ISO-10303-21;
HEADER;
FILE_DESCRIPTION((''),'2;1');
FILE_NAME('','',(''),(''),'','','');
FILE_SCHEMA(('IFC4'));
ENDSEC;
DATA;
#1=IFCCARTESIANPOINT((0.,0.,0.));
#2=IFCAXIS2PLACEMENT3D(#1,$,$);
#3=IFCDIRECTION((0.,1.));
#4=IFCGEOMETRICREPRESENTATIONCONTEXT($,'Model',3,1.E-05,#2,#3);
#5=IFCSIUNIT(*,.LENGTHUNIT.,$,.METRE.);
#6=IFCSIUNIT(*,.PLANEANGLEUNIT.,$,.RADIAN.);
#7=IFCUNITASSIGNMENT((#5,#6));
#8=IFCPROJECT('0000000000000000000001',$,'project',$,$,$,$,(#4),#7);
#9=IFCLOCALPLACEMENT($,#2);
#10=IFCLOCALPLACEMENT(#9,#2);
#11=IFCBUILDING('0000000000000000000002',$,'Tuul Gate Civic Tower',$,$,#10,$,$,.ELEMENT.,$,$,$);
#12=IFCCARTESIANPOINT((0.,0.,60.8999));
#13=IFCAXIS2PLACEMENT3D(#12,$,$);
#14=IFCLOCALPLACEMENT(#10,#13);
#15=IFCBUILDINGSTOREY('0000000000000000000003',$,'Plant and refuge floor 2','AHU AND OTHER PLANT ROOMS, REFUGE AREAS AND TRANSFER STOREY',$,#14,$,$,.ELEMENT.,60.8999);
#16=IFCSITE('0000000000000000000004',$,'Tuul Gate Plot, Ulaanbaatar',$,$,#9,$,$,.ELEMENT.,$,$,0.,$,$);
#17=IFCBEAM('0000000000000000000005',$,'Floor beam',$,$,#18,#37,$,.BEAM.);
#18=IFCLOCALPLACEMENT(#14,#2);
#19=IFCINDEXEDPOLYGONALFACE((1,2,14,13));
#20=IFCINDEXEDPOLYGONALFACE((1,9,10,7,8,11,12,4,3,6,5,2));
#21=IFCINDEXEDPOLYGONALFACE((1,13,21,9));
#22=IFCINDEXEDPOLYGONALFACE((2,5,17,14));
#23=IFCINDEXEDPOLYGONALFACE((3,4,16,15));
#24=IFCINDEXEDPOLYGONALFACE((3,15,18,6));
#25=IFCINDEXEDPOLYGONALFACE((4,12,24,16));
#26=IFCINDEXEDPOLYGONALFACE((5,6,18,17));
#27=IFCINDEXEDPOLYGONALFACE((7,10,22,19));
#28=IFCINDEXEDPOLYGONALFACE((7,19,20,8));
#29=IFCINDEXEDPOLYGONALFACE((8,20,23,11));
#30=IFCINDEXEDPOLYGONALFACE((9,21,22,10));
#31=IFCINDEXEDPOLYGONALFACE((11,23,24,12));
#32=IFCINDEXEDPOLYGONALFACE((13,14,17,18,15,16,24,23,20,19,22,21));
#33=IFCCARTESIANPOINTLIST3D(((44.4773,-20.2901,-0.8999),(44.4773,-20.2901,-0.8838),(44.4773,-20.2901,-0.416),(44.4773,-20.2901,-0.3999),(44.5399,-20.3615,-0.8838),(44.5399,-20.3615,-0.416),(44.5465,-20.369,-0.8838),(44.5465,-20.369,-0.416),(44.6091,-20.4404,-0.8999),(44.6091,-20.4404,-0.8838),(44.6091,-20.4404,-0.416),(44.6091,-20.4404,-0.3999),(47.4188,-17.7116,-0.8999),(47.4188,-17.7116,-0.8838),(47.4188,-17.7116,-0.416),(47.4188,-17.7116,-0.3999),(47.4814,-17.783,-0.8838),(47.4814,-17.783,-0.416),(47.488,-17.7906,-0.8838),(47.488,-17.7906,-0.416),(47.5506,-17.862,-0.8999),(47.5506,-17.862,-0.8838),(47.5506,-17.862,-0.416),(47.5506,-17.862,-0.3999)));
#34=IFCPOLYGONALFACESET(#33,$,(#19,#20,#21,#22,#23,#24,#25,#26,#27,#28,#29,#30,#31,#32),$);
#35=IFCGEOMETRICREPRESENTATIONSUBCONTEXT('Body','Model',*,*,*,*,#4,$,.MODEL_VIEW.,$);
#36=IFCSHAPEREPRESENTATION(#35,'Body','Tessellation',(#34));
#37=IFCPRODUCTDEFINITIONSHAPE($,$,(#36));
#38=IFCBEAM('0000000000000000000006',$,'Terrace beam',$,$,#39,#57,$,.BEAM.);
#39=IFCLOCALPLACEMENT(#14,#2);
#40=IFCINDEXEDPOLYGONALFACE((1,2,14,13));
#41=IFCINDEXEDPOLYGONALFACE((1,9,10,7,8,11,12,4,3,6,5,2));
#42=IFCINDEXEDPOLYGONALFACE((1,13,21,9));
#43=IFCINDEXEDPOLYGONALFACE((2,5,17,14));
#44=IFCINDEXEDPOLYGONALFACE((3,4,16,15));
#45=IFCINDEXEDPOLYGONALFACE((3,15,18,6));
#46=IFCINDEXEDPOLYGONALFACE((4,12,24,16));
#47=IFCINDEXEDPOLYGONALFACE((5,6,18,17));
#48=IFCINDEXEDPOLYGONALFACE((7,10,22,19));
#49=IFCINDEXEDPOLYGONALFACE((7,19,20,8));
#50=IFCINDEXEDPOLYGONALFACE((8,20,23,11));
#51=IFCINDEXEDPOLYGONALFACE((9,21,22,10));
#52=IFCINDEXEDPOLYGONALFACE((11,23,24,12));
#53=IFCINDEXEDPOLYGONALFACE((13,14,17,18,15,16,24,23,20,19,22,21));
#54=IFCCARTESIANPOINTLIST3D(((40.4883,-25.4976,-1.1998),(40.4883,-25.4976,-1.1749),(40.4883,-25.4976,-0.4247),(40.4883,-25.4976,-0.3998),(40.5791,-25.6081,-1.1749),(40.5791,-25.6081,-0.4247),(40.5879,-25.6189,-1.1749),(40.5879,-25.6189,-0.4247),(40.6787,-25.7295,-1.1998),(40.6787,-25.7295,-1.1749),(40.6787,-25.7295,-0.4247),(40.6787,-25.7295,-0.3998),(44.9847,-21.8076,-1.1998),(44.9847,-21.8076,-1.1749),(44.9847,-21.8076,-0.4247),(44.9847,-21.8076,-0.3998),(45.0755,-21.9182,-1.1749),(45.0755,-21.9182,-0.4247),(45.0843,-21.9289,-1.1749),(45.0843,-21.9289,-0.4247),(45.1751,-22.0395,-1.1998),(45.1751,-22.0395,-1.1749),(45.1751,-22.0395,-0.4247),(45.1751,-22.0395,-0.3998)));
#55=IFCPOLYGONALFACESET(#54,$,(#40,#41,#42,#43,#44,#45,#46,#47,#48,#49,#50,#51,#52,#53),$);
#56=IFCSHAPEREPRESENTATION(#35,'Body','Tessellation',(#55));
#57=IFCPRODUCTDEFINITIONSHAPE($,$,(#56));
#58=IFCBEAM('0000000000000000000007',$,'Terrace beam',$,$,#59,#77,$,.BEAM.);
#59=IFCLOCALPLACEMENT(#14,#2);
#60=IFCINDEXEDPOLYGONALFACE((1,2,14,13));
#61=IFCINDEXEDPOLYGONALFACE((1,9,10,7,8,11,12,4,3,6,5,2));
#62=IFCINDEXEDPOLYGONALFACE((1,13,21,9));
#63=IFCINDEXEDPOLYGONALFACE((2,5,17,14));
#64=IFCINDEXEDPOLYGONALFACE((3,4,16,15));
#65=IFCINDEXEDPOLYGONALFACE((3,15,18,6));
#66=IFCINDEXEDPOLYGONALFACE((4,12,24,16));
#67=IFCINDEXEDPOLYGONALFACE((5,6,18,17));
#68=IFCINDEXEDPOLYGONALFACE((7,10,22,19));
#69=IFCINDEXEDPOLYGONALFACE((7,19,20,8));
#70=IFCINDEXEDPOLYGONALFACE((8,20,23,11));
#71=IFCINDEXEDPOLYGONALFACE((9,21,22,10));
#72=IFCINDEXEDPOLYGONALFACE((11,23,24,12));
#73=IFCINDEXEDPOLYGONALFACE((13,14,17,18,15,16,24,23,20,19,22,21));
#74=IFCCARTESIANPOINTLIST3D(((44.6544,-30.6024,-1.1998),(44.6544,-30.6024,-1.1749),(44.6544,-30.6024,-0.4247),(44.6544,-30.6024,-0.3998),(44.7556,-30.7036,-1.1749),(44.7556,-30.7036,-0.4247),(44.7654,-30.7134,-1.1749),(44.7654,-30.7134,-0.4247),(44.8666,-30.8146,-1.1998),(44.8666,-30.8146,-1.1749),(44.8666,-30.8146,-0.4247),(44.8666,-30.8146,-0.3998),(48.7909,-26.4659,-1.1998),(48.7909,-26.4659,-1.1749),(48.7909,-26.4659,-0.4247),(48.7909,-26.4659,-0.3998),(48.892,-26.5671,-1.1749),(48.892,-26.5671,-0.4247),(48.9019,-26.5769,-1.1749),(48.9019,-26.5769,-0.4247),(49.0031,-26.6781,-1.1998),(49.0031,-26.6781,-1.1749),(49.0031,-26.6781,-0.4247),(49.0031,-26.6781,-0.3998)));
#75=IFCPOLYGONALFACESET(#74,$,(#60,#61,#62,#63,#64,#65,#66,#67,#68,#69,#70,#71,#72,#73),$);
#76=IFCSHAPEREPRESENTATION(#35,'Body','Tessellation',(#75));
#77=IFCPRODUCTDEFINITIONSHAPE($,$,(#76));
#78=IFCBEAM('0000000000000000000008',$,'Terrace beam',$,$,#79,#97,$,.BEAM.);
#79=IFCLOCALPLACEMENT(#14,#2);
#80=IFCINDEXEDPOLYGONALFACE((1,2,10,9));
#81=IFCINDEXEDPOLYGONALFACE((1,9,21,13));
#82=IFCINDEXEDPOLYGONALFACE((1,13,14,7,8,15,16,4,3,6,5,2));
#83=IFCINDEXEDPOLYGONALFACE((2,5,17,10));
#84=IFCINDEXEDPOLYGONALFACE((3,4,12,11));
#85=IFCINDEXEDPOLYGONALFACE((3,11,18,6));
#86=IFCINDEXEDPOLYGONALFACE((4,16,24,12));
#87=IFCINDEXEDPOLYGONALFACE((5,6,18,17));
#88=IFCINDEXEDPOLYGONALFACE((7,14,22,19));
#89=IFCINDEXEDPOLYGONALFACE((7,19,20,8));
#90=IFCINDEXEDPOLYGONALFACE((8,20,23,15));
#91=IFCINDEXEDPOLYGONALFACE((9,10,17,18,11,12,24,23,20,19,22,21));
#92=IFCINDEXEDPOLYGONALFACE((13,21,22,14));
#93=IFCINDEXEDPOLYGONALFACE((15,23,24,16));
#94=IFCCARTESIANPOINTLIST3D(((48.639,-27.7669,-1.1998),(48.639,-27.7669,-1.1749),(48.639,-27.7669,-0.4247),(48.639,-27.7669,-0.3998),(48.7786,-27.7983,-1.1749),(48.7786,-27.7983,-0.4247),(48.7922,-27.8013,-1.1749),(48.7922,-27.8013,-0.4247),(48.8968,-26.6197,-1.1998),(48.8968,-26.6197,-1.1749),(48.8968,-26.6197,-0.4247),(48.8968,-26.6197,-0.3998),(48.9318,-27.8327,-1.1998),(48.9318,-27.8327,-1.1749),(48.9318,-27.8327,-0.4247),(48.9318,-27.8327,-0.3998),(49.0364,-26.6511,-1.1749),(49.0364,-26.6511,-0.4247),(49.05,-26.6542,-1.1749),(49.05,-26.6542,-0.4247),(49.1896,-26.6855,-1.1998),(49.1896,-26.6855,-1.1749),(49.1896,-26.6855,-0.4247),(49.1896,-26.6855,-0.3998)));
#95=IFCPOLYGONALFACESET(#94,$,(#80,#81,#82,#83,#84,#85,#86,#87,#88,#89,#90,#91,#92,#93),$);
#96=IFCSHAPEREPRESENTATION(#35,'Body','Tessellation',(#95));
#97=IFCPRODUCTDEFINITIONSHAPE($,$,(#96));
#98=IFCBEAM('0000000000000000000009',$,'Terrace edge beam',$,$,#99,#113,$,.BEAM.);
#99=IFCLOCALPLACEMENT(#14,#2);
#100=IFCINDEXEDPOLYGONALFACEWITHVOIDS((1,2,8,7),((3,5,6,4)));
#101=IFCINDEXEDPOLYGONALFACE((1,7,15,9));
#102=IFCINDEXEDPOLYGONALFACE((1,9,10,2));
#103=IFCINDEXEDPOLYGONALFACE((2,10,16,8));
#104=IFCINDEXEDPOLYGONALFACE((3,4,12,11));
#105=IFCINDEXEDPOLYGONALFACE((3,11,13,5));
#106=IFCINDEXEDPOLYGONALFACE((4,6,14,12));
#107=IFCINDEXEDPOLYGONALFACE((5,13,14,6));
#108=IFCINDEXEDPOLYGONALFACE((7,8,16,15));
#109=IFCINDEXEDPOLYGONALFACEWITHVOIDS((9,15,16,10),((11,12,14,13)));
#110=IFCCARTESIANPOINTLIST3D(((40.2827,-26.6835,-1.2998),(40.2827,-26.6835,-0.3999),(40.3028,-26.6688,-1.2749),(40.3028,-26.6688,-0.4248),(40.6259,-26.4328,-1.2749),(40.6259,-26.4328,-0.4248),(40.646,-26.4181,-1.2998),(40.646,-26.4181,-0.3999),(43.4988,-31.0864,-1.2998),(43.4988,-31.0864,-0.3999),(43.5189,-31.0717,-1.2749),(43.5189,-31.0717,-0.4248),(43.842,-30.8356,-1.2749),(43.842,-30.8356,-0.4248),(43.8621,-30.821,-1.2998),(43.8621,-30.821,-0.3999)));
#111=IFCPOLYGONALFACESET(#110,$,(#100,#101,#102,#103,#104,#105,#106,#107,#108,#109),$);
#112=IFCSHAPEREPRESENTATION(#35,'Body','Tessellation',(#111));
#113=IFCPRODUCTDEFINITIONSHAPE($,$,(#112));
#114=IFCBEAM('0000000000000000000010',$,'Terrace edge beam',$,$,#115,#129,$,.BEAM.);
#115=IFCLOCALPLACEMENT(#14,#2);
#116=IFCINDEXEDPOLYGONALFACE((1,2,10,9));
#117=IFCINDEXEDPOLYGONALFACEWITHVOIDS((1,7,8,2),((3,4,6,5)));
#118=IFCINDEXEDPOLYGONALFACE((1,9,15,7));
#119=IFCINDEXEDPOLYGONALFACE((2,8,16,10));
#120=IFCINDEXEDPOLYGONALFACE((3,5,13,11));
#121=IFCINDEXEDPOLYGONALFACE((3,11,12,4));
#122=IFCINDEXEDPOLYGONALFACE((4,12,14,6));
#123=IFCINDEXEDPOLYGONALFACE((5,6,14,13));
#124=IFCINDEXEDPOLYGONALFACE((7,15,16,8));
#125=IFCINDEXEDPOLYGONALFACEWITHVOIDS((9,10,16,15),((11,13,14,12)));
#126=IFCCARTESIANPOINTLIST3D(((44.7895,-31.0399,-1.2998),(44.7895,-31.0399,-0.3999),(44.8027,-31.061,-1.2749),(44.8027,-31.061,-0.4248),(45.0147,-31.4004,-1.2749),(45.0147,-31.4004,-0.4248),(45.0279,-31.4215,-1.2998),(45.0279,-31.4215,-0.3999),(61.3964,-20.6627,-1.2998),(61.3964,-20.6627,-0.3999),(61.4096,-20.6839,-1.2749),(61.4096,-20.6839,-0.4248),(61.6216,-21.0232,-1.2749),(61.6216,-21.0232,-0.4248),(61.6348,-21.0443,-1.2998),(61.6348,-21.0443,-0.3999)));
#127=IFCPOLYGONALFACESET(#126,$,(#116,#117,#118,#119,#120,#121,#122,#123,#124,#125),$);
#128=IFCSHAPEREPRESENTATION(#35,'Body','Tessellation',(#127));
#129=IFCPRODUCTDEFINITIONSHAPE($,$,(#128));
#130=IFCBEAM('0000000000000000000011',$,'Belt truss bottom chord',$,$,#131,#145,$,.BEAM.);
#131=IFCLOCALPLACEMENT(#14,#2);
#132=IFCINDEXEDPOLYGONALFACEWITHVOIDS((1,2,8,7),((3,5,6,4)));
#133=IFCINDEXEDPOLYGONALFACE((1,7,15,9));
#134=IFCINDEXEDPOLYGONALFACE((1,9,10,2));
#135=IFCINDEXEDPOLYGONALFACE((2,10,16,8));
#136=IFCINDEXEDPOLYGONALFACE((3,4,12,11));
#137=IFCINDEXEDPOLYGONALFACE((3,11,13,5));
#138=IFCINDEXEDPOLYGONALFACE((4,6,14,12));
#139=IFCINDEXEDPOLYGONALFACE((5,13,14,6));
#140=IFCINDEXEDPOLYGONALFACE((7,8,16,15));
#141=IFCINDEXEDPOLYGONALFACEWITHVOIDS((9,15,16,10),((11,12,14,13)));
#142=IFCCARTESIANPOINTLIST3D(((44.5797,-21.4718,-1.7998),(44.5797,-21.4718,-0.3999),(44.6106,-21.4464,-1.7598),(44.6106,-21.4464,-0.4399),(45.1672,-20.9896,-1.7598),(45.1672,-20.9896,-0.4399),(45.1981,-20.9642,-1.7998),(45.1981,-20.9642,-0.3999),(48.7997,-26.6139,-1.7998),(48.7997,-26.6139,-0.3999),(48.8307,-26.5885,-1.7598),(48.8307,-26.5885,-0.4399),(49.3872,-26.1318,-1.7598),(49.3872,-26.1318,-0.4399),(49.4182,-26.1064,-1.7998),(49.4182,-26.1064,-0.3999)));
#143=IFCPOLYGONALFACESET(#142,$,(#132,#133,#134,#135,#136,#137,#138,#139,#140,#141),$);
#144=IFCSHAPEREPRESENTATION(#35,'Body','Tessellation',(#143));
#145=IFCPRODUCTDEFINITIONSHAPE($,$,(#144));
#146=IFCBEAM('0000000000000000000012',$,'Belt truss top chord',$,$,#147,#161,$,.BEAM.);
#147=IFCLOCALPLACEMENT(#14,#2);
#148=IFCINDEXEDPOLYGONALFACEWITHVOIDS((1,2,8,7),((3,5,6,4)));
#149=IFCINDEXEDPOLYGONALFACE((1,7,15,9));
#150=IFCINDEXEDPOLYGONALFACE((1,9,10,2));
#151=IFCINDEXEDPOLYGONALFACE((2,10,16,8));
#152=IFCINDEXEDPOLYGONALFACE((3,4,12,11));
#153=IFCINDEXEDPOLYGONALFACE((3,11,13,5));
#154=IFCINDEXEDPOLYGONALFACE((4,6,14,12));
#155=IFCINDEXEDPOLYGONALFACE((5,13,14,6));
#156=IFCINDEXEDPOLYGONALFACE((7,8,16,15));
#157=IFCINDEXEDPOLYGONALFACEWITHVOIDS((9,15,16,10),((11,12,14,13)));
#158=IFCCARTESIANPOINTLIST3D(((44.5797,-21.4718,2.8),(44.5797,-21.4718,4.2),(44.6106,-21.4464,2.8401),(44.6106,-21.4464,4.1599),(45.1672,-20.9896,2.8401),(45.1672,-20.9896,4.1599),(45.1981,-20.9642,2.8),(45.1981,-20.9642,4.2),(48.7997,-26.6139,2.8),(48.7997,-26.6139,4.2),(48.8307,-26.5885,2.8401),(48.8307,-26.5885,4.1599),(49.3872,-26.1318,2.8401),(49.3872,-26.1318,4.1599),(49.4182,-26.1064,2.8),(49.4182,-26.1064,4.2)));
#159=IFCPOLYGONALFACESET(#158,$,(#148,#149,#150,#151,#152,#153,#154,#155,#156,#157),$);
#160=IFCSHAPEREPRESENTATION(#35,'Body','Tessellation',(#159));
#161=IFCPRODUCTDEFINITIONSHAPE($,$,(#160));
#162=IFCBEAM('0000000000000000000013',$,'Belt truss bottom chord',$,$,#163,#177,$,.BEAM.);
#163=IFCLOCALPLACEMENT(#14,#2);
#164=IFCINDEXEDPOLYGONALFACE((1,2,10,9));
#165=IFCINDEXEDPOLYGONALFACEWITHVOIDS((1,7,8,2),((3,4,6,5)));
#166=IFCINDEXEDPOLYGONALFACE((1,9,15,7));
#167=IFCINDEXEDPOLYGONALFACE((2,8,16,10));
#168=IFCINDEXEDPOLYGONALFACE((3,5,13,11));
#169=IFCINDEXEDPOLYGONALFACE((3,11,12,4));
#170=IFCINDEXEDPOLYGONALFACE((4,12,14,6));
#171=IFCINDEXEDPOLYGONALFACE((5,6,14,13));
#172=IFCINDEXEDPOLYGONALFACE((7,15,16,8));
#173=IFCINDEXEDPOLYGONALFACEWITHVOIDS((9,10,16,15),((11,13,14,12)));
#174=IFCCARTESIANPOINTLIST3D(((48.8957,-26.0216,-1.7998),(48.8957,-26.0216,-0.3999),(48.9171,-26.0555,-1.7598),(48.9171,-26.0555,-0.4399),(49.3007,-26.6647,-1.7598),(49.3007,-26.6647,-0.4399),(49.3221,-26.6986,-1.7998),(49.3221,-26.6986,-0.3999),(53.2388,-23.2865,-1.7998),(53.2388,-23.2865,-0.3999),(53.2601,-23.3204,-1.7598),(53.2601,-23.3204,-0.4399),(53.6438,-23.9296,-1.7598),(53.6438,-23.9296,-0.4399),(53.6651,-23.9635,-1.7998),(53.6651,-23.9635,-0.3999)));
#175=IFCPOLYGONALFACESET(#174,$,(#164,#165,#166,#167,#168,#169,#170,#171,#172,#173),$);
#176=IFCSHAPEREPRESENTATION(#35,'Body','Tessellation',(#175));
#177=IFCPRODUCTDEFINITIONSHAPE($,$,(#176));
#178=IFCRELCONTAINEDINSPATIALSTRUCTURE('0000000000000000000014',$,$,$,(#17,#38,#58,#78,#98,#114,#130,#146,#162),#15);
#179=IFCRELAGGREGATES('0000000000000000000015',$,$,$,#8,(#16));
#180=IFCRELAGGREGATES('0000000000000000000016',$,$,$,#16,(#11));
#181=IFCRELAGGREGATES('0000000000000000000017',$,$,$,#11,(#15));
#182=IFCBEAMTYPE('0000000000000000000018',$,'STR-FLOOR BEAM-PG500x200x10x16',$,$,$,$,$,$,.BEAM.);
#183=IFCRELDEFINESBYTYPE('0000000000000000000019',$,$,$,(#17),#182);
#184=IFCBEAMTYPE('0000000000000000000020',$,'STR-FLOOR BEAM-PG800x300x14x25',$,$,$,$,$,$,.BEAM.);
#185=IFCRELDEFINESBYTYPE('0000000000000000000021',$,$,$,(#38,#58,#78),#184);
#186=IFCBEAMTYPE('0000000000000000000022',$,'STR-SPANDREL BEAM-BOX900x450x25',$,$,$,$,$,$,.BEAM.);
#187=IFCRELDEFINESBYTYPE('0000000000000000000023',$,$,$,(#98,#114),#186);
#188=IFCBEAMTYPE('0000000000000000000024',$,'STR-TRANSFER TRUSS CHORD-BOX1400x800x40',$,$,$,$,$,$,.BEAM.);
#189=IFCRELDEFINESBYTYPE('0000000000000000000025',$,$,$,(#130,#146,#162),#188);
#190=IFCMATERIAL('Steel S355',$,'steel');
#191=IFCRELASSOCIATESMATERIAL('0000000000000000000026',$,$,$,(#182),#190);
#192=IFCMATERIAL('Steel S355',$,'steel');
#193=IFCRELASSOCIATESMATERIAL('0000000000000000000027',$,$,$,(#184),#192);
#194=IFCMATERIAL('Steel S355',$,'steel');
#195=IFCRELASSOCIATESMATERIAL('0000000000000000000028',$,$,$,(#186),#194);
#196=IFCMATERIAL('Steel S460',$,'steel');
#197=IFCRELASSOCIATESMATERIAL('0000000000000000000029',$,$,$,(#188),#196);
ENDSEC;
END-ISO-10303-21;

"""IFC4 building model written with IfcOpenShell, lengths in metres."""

from ifc_helpers import new_model, si_unit, direction, frame, origin, origin_2d, place, context, subcontext, project, spatial, hollow_rectangle, i_section, extrude, material, material_profile, profile_set, type_object, element, save


model = new_model("IFC4")

# Units and contexts
model_context = context("Model", 3, precision=1e-05, world=origin(), true_north=direction((0.0, 1.0)))
body_context = subcontext(model_context, "Body", "Model", "MODEL_VIEW")
ifc_project = project(units=[si_unit("LENGTHUNIT", "METRE"), si_unit("PLANEANGLEUNIT", "RADIAN")], contexts=[model_context])

# Site, building, storey
site_placement = place(None, origin())
site = spatial("IfcSite", under=ifc_project, at=site_placement, Name="Tuul Gate Plot, Ulaanbaatar", CompositionType="ELEMENT", RefElevation=0.0)
building_placement = place(site_placement, origin())
building = spatial("IfcBuilding", under=site, at=building_placement, Name="Tuul Gate Civic Tower", CompositionType="ELEMENT")
storey_placement = place(building_placement, frame((0.0, 0.0, 60.8999)))
storey = spatial("IfcBuildingStorey", under=building, at=storey_placement, Name="Plant and refuge floor 2", Description="AHU AND OTHER PLANT ROOMS, REFUGE AREAS AND TRANSFER STOREY", CompositionType="ELEMENT", Elevation=60.8999)

# Beams
ifc_material_1 = material(Name="Steel S355", Category="steel")
ifc_material_profile_1 = material_profile(ifc_material_1, i_section(OverallWidth=0.2, OverallDepth=0.5, WebThickness=0.01, FlangeThickness=0.0161, at=origin_2d()), Name="PG500x200x10x16")
ifc_profile_set_1 = profile_set([ifc_material_profile_1], Name="Steel S355")
beam_type_1 = type_object("IfcBeamType", Name="STR-FLOOR BEAM-PG500x200x10x16", PredefinedType="BEAM", material=ifc_profile_set_1)
beam_1_placement = place(storey_placement, frame((44.5432, -20.3652, -0.6499), z_axis=(0.751989, 0.659176, 0.0), x_axis=(-0.659176, 0.751989, 0.0)))
element("IfcBeam", 1, at=beam_1_placement, inside=storey, type_object=beam_type_1, Name="Floor beam", PredefinedType="BEAM", context=body_context, shape_type="SweptSolid", body=[
    extrude(i_section(OverallWidth=0.2, OverallDepth=0.5, WebThickness=0.01, FlangeThickness=0.0161, at=origin_2d()), origin(), (0.0, 0.0, 1.0), 3.9116),
])
ifc_material_2 = material(Name="Steel S355", Category="steel")
ifc_material_profile_2 = material_profile(ifc_material_2, i_section(OverallWidth=0.3, OverallDepth=0.8, WebThickness=0.0139, FlangeThickness=0.0249, at=origin_2d()), Name="PG800x300x14x25")
ifc_profile_set_2 = profile_set([ifc_material_profile_2], Name="Steel S355")
beam_type_2 = type_object("IfcBeamType", Name="STR-FLOOR BEAM-PG800x300x14x25", PredefinedType="BEAM", material=ifc_profile_set_2)
beam_2_placement = place(storey_placement, frame((40.5835, -25.6135, -0.7998), z_axis=(0.77302, 0.634382, 0.0), x_axis=(-0.634382, 0.77302, 0.0)))
element("IfcBeam", 2, at=beam_2_placement, inside=storey, type_object=beam_type_2, Name="Terrace beam", PredefinedType="BEAM", context=body_context, shape_type="SweptSolid", body=[
    extrude(i_section(OverallWidth=0.3, OverallDepth=0.8, WebThickness=0.0139, FlangeThickness=0.0249, at=origin_2d()), origin(), (0.0, 0.0, 1.0), 5.8167),
])
beam_3_placement = place(storey_placement, frame((44.7605, -30.7085, -0.7998), z_axis=(0.707107, 0.707107, 0.0), x_axis=(-0.707107, 0.707107, 0.0)))
element("IfcBeam", 3, at=beam_3_placement, inside=storey, type_object=beam_type_2, Name="Terrace beam", PredefinedType="BEAM", context=body_context, shape_type="SweptSolid", body=[
    extrude(i_section(OverallWidth=0.3, OverallDepth=0.8, WebThickness=0.0139, FlangeThickness=0.0249, at=origin_2d()), origin(), (0.0, 0.0, 1.0), 5.8499),
])
beam_4_placement = place(storey_placement, frame((48.7854, -27.7998, -0.7998), z_axis=(0.21926, 0.975666, 0.0), x_axis=(-0.975666, 0.21926, 0.0)))
element("IfcBeam", 4, at=beam_4_placement, inside=storey, type_object=beam_type_2, Name="Terrace beam", PredefinedType="BEAM", context=body_context, shape_type="SweptSolid", body=[
    extrude(i_section(OverallWidth=0.3, OverallDepth=0.8, WebThickness=0.0139, FlangeThickness=0.0249, at=origin_2d()), origin(), (0.0, 0.0, 1.0), 1.1758),
])
ifc_material_3 = material(Name="Steel S355", Category="steel")
ifc_material_profile_3 = material_profile(ifc_material_3, hollow_rectangle(XDim=0.45, YDim=0.8999, WallThickness=0.0249, at=origin_2d()), Name="BOX900x450x25")
ifc_profile_set_3 = profile_set([ifc_material_profile_3], Name="Steel S355")
beam_type_3 = type_object("IfcBeamType", Name="STR-SPANDREL BEAM-BOX900x450x25", PredefinedType="BEAM", material=ifc_profile_set_3)
beam_5_placement = place(storey_placement, frame((40.4644, -26.5508, -0.8499), z_axis=(0.58985, -0.807513, 0.0), x_axis=(0.807513, 0.58985, 0.0)))
element("IfcBeam", 5, at=beam_5_placement, inside=storey, type_object=beam_type_3, Name="Terrace edge beam", PredefinedType="BEAM", context=body_context, shape_type="SweptSolid", body=[
    extrude(hollow_rectangle(XDim=0.45, YDim=0.8999, WallThickness=0.0249, at=origin_2d()), origin(), (0.0, 0.0, 1.0), 5.4524),
])
beam_6_placement = place(storey_placement, frame((44.9087, -31.2307, -0.8499), z_axis=(0.848047, 0.52992, 0.0), x_axis=(-0.52992, 0.848047, 0.0)))
element("IfcBeam", 6, at=beam_6_placement, inside=storey, type_object=beam_type_3, Name="Terrace edge beam", PredefinedType="BEAM", context=body_context, shape_type="SweptSolid", body=[
    extrude(hollow_rectangle(XDim=0.45, YDim=0.8999, WallThickness=0.0249, at=origin_2d()), origin(), (0.0, 0.0, 1.0), 19.5825),
])
ifc_material_4 = material(Name="Steel S460", Category="steel")
ifc_material_profile_4 = material_profile(ifc_material_4, hollow_rectangle(XDim=0.8, YDim=1.3999, WallThickness=0.04, at=origin_2d()), Name="BOX1400x800x40")
ifc_profile_set_4 = profile_set([ifc_material_profile_4], Name="Steel S460")
beam_type_4 = type_object("IfcBeamType", Name="STR-TRANSFER TRUSS CHORD-BOX1400x800x40", PredefinedType="BEAM", material=ifc_profile_set_4)
for number, where, z_axis, x_axis, name in (
    (7, (44.8889, -21.218, -1.0999), (0.63439, -0.773013, 0.0), (0.773013, 0.63439, 0.0), "Belt truss bottom chord"),
    (8, (44.8889, -21.218, 3.5), (0.63439, -0.773013, 0.0), (0.773013, 0.63439, 0.0), "Belt truss top chord"),
):
    element("IfcBeam", number, at=place(storey_placement, frame(where, z_axis=z_axis, x_axis=x_axis)), inside=storey, type_object=beam_type_4, Name=name, PredefinedType="BEAM", context=body_context, shape_type="SweptSolid", body=[
        extrude(hollow_rectangle(XDim=0.8, YDim=1.3999, WallThickness=0.04, at=origin_2d()), origin(), (0.0, 0.0, 1.0), 6.6521),
    ])
beam_7_placement = place(storey_placement, frame((49.1089, -26.3601, -1.0999), z_axis=(0.846179, 0.532899, 0.0), x_axis=(-0.532899, 0.846179, 0.0)))
element("IfcBeam", 9, at=beam_7_placement, inside=storey, type_object=beam_type_4, Name="Belt truss bottom chord", PredefinedType="BEAM", context=body_context, shape_type="SweptSolid", body=[
    extrude(hollow_rectangle(XDim=0.8, YDim=1.3999, WallThickness=0.04, at=origin_2d()), origin(), (0.0, 0.0, 1.0), 5.1326),
])

save(model, "model.ifc")
